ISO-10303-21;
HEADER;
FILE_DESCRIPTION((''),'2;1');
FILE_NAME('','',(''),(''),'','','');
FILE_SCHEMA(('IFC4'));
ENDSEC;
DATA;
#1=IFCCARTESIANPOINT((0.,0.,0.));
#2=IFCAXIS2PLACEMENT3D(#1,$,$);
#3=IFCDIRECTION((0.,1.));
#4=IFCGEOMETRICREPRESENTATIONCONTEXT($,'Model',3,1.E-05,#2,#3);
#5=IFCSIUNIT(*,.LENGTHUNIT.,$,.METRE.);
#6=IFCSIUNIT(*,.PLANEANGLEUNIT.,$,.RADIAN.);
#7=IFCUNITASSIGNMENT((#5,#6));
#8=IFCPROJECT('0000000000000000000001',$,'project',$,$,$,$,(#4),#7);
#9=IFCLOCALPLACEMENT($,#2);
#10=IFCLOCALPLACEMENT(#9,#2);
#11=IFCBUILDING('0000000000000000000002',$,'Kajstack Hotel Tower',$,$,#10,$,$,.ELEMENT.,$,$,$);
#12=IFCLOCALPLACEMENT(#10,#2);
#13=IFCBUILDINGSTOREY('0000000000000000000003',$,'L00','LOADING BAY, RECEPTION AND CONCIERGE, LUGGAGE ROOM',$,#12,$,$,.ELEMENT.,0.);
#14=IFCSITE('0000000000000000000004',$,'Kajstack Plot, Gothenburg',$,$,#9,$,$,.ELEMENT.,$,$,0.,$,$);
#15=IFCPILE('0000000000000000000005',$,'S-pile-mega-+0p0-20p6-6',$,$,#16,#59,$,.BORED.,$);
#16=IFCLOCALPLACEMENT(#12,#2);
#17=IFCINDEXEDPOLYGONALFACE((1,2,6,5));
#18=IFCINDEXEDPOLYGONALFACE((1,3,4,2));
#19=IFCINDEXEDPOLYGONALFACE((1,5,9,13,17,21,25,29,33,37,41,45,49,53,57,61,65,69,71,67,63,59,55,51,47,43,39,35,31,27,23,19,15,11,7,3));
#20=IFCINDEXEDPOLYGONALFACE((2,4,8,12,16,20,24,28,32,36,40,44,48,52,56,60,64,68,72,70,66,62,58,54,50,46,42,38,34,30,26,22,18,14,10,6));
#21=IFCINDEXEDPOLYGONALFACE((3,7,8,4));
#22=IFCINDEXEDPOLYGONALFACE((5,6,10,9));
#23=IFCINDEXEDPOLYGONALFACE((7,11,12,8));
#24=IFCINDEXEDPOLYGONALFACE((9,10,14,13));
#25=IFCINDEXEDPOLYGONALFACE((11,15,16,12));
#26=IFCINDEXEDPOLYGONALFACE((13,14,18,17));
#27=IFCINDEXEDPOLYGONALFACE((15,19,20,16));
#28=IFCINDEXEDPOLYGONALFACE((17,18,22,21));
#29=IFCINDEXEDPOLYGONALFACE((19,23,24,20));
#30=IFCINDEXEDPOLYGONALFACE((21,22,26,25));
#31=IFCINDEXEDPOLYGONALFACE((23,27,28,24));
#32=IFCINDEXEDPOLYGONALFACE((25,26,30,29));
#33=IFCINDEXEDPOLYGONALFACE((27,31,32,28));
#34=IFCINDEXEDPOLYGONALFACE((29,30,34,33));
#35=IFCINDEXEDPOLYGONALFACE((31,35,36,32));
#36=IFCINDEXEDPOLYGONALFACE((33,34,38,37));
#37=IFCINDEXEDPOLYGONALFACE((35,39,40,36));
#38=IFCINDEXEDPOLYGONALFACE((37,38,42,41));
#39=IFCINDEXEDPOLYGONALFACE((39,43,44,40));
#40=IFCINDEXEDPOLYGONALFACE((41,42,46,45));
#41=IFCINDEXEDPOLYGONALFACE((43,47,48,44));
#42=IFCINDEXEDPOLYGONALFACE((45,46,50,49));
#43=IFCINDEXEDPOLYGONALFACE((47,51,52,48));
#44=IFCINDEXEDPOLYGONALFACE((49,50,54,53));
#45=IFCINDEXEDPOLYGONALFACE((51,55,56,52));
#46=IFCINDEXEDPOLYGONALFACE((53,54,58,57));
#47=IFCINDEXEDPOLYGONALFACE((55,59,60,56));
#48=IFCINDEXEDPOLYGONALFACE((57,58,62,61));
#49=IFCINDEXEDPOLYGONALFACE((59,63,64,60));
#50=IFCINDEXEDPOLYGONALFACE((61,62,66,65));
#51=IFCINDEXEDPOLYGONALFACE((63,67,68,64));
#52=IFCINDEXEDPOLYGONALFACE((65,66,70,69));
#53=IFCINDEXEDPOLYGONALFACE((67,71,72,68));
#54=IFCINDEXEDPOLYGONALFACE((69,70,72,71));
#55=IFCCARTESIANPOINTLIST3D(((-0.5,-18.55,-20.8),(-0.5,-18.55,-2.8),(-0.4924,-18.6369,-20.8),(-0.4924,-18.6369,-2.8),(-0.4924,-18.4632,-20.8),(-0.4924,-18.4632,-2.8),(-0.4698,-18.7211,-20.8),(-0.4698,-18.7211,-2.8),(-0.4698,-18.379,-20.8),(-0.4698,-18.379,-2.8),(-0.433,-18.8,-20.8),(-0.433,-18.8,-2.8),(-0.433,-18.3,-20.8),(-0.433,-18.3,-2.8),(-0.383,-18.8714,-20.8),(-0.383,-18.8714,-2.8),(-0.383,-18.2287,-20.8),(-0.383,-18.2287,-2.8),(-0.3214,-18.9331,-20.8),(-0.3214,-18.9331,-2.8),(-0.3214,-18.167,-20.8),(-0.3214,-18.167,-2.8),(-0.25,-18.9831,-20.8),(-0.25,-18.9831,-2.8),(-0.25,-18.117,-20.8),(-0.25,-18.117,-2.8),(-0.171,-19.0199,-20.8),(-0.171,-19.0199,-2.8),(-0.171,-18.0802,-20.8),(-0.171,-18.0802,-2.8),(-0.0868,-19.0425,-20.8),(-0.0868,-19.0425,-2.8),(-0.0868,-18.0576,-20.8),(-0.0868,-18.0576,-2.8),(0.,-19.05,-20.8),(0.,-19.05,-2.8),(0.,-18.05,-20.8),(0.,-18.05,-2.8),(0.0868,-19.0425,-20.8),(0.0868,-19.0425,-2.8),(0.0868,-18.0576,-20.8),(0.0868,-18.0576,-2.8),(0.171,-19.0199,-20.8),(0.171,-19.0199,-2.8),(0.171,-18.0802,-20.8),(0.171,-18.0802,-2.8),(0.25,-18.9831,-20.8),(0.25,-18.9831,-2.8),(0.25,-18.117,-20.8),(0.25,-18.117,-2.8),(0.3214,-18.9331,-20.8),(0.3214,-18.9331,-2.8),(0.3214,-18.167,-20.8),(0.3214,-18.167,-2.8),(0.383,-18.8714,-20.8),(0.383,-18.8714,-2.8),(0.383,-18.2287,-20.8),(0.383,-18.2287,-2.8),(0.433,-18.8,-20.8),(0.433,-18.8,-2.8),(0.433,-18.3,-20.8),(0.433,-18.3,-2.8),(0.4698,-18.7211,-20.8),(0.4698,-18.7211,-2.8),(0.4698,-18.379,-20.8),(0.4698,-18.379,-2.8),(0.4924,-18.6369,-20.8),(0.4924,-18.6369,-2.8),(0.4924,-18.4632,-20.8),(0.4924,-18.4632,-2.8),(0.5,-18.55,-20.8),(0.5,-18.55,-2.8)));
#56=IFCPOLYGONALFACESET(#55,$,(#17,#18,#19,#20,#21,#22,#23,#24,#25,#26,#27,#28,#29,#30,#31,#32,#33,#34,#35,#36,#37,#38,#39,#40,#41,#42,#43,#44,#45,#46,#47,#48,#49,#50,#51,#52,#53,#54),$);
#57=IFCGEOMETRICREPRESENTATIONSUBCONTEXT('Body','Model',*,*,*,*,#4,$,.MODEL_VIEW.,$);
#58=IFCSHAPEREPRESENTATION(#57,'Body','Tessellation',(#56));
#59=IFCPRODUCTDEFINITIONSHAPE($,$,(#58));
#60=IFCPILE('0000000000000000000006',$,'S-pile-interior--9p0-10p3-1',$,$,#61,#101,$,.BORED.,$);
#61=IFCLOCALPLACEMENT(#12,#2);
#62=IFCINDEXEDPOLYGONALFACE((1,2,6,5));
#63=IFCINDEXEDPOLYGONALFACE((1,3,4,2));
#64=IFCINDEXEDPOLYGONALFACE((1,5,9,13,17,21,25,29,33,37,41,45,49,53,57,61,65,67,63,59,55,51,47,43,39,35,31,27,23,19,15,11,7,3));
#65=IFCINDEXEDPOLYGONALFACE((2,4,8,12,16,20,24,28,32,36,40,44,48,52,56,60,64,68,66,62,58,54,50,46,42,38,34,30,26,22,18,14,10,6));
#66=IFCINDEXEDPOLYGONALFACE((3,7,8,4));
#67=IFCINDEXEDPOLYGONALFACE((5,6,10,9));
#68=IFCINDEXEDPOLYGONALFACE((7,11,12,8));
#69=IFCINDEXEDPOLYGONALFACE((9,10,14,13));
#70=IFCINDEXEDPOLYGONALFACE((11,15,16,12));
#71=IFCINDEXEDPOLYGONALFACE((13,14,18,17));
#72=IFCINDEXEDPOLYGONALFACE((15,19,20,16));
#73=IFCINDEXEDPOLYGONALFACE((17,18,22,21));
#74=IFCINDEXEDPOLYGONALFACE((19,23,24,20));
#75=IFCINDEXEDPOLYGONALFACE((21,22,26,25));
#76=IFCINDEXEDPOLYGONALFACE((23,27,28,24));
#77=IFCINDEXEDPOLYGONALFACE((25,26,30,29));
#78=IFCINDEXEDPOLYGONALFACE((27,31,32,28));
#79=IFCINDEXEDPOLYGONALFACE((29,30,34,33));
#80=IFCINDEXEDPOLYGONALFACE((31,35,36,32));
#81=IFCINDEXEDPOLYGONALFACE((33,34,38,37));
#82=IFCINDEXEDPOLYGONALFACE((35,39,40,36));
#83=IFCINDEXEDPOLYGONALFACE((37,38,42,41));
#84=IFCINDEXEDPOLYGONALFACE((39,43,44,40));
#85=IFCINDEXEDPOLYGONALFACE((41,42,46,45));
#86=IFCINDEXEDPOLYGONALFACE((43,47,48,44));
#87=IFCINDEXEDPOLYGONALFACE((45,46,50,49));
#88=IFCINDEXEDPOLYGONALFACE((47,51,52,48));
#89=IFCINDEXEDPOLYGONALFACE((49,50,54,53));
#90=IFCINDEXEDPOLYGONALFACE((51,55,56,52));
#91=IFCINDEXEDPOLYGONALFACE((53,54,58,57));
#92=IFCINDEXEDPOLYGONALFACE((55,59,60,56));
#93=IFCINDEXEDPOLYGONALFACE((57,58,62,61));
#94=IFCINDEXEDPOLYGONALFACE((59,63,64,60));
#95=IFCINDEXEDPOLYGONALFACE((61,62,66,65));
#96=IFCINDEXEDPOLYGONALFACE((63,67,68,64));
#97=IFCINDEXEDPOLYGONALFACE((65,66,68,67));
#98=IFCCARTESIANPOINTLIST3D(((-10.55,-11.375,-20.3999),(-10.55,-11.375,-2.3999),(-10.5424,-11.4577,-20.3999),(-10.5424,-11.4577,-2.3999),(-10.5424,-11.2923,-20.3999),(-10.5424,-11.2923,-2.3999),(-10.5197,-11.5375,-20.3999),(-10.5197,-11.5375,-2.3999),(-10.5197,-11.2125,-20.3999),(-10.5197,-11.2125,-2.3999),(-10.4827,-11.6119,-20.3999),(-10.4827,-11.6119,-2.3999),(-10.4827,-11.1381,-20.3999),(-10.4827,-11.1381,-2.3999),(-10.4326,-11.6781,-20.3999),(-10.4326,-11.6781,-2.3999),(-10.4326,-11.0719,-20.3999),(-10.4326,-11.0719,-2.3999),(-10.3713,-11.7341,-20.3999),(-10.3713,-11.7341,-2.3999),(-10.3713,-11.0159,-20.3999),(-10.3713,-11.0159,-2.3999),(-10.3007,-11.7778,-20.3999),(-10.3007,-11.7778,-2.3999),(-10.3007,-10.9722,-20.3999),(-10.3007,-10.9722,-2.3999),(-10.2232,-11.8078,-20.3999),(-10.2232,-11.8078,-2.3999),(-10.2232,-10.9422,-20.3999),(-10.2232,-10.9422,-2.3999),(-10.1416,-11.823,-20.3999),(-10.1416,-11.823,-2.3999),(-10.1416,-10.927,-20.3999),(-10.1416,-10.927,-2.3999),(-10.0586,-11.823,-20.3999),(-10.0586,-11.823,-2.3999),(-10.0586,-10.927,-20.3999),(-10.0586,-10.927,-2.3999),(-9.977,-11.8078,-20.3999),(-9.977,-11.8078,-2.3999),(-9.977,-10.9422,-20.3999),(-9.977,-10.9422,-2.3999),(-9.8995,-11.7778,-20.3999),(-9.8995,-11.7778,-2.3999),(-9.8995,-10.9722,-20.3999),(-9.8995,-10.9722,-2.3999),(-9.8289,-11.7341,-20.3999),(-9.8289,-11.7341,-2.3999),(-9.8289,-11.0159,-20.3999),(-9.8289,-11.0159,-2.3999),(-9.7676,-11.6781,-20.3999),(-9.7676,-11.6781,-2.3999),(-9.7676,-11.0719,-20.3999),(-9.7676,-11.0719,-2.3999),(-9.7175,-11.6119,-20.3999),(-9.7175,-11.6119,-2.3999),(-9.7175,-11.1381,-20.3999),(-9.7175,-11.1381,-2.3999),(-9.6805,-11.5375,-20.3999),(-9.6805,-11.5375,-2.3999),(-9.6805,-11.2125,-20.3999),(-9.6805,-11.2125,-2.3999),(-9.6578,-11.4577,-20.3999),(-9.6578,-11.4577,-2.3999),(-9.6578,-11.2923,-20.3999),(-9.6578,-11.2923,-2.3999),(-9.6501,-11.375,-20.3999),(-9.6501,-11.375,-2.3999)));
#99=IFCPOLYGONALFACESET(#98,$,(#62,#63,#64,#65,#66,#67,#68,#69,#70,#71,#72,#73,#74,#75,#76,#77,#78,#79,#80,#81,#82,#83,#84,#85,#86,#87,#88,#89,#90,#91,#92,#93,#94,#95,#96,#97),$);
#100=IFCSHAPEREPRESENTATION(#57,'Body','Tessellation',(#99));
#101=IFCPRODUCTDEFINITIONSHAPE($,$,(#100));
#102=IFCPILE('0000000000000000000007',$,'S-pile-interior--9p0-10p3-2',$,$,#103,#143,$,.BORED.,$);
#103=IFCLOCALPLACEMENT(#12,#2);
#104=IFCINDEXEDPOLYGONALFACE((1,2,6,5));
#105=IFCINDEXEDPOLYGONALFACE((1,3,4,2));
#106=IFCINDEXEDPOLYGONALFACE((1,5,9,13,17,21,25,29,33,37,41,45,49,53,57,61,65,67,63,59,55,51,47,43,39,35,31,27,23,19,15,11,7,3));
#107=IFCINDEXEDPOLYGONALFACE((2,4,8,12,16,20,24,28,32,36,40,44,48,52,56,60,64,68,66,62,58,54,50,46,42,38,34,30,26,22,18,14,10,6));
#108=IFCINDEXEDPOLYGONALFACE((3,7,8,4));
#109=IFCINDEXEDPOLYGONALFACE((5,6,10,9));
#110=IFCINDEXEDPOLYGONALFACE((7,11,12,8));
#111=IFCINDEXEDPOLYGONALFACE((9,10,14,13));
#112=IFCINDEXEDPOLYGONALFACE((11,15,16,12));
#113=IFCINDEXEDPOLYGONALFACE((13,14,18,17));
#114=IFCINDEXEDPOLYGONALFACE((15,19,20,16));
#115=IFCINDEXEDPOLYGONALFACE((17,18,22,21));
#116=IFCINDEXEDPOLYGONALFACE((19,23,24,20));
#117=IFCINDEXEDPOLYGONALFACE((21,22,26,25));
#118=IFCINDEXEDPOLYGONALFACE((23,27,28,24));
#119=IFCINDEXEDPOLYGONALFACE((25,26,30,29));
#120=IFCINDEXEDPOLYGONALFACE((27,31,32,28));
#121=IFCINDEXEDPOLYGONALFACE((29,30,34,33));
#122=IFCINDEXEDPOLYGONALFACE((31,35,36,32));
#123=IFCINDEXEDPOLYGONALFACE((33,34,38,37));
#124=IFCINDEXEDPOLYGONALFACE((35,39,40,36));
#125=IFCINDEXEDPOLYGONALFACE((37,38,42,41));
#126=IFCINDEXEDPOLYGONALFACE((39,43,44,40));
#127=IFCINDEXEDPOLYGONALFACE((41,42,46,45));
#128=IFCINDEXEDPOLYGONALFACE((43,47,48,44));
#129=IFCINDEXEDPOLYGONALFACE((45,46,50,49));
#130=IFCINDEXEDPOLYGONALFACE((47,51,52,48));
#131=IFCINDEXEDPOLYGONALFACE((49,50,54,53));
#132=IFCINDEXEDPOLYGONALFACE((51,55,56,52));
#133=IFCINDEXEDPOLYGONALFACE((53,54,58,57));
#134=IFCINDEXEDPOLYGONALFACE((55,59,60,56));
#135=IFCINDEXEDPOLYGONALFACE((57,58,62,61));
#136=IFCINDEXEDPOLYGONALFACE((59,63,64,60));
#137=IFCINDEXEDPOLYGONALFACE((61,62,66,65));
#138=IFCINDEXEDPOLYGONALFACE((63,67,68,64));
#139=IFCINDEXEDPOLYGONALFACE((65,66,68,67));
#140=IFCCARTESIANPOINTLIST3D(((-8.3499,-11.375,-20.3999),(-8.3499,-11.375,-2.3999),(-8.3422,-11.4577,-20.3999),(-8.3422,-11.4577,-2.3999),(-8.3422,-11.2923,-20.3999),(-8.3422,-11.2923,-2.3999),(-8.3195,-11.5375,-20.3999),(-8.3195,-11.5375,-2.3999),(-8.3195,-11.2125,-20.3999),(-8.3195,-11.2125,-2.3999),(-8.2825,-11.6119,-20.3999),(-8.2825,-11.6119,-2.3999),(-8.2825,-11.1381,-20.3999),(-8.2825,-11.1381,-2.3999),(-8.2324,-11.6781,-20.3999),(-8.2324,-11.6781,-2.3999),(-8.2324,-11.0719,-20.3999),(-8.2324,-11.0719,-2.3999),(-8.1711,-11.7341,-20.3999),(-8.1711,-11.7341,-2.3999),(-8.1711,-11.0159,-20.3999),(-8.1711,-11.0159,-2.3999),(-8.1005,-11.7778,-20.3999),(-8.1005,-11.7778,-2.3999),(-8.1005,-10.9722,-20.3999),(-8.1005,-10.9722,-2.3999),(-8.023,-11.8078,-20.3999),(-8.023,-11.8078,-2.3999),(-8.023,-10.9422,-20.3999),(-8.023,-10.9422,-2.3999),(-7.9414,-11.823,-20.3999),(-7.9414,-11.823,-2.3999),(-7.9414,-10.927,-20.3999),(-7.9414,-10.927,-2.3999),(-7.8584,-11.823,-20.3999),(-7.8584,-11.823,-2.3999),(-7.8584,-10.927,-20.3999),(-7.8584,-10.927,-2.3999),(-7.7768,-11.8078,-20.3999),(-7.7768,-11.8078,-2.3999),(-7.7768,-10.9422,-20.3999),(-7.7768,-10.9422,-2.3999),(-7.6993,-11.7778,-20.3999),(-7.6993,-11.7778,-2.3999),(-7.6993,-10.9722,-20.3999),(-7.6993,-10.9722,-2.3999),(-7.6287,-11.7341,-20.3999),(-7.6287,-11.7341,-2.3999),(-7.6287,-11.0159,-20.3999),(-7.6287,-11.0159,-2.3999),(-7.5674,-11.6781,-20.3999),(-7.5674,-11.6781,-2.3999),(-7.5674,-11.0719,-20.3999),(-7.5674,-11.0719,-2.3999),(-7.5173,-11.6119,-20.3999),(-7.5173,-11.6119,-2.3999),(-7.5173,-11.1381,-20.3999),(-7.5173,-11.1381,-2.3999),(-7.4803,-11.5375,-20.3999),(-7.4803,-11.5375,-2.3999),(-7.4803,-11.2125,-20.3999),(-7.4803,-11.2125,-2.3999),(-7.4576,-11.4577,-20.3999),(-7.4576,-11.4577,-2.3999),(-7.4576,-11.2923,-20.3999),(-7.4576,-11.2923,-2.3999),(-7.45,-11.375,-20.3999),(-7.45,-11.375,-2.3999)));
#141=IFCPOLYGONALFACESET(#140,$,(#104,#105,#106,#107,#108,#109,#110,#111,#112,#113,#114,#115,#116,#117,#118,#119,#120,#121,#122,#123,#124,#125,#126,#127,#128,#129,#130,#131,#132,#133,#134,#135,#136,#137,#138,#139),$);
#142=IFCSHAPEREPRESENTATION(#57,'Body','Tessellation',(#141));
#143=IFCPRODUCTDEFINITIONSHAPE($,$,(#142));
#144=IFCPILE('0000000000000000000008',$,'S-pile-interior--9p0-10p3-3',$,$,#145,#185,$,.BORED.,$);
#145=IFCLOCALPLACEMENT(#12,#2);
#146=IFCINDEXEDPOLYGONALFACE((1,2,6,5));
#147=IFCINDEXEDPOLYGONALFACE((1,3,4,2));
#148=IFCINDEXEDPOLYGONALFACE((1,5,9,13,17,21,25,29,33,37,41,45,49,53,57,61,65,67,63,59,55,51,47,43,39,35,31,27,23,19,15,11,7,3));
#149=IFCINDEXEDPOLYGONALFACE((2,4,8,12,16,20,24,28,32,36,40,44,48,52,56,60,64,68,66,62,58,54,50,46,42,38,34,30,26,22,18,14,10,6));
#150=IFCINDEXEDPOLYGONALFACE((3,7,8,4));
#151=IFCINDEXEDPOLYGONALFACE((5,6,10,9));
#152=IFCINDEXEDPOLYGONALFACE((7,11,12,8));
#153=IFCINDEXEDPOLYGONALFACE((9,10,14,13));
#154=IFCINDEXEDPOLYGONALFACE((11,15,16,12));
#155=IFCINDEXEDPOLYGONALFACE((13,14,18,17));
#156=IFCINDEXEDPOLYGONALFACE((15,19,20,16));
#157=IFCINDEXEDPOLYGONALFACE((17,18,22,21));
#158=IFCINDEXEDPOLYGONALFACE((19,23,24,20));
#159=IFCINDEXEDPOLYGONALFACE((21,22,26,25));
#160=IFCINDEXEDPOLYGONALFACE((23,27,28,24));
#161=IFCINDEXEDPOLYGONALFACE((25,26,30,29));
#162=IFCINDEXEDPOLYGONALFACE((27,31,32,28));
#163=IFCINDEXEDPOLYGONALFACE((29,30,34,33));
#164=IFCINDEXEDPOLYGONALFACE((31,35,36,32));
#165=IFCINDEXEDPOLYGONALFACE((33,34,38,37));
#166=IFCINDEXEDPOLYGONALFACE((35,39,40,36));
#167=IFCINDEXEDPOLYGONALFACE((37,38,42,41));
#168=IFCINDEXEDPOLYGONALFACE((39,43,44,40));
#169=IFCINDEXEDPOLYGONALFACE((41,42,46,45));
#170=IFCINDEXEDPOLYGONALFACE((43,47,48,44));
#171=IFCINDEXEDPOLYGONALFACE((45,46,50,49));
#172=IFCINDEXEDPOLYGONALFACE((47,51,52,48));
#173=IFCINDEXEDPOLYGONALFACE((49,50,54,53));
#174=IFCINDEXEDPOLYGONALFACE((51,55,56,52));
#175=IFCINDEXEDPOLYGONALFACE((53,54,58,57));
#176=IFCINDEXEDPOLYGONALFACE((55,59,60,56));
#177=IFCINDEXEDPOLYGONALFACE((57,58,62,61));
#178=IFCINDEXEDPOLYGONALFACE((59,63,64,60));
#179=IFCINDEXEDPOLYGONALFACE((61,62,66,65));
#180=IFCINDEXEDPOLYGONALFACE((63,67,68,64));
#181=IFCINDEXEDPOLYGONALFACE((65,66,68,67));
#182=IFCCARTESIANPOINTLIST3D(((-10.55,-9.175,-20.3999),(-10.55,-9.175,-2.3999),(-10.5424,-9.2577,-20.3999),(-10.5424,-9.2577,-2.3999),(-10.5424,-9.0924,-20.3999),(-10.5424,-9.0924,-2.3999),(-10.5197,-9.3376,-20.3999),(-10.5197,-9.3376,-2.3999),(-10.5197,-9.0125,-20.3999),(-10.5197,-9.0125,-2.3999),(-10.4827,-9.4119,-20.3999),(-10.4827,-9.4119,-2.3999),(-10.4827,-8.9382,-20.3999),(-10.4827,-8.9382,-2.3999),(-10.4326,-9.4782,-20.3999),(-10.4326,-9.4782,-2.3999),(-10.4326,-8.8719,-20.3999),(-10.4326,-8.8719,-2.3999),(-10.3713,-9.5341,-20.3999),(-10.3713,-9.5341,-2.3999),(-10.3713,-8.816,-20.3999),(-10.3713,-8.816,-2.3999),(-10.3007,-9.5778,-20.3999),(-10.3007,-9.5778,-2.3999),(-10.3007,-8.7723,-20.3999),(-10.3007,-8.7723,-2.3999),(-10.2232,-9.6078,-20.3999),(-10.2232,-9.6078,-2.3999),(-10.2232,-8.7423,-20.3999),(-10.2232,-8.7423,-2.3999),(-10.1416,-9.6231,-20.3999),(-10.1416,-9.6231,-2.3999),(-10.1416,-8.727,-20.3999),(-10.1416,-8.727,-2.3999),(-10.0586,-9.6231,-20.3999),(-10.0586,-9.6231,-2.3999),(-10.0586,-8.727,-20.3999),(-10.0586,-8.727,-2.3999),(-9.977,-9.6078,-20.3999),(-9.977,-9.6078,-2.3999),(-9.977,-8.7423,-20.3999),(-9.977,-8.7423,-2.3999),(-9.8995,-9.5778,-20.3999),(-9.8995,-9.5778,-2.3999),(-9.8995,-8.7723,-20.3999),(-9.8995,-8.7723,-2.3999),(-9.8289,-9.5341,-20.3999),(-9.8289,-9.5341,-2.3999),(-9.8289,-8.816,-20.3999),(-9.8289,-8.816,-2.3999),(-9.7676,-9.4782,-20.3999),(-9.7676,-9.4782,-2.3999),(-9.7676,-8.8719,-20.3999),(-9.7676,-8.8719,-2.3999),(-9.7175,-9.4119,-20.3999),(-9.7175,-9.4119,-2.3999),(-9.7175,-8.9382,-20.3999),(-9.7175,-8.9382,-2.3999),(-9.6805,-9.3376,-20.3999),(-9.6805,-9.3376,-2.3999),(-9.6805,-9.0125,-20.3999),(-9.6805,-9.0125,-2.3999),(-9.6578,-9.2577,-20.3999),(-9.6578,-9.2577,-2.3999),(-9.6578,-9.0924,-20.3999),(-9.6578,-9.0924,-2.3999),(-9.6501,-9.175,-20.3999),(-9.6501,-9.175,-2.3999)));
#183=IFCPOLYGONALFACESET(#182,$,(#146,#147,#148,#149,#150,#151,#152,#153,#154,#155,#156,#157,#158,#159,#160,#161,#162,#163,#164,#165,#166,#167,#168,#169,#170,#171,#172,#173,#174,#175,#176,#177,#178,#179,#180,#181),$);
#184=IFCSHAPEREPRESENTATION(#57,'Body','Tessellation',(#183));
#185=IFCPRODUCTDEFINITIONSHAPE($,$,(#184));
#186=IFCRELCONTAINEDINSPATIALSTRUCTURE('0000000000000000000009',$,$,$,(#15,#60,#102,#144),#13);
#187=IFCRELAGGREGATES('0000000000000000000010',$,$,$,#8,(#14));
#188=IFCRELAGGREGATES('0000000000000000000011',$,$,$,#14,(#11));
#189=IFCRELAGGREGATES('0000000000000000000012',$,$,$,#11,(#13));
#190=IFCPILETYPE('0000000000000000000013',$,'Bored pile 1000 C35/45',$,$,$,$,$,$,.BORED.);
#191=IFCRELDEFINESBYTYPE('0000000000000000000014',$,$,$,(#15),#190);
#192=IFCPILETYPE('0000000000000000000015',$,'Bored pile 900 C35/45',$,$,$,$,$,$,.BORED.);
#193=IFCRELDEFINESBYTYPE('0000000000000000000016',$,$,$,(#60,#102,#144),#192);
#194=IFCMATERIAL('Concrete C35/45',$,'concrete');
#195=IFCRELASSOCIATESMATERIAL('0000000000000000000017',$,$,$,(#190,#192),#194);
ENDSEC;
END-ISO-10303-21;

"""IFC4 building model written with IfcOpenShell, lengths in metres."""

from ifc_helpers import new_model, si_unit, direction, frame, origin, origin_2d, place, context, subcontext, project, spatial, circle, extrude, material, material_profile, profile_set, type_object, element, save


model = new_model("IFC4")

# Units and contexts
model_context = context("Model", 3, precision=1e-05, world=origin(), true_north=direction((0.0, 1.0)))
body_context = subcontext(model_context, "Body", "Model", "MODEL_VIEW")
ifc_project = project(units=[si_unit("LENGTHUNIT", "METRE"), si_unit("PLANEANGLEUNIT", "RADIAN")], contexts=[model_context])

# Site, building, storey
site_placement = place(None, origin())
site = spatial("IfcSite", under=ifc_project, at=site_placement, Name="Kajstack Plot, Gothenburg", CompositionType="ELEMENT", RefElevation=0.0)
building_placement = place(site_placement, origin())
building = spatial("IfcBuilding", under=site, at=building_placement, Name="Kajstack Hotel Tower", CompositionType="ELEMENT")
storey_placement = place(building_placement, origin())
storey = spatial("IfcBuildingStorey", under=building, at=storey_placement, Name="L00", Description="LOADING BAY, RECEPTION AND CONCIERGE, LUGGAGE ROOM", CompositionType="ELEMENT", Elevation=0.0)

# Piles
ifc_material_1 = material(Name="Concrete C35/45", Category="concrete")
ifc_material_profile_1 = material_profile(ifc_material_1, circle(Radius=0.5, at=origin_2d()), Name="RC round 1000")
ifc_profile_set_1 = profile_set([ifc_material_profile_1], Name="Concrete C35/45")
pile_type_1 = type_object("IfcPileType", Name="Bored pile 1000 C35/45", PredefinedType="BORED", material=ifc_profile_set_1)
for number, where, z_axis, x_axis, name in (
    (1, (0.0, -18.55, -2.8), (0.0, 0.0, -1.0), (1.0, 0.0, 0.0), "S-pile-mega-+0p0-20p6-6"),
):
    element("IfcPile", number, at=place(storey_placement, frame(where, z_axis=z_axis, x_axis=x_axis)), inside=storey, type_object=pile_type_1, Name=name, PredefinedType="BORED", context=body_context, shape_type="SweptSolid", body=[
        extrude(circle(Radius=0.5, at=origin_2d()), origin(), (0.0, 0.0, 1.0), 18.0),
    ])
ifc_material_profile_2 = material_profile(ifc_material_1, circle(Radius=0.45, at=origin_2d()), Name="RC round 900")
ifc_profile_set_2 = profile_set([ifc_material_profile_2], Name="Concrete C35/45")
pile_type_2 = type_object("IfcPileType", Name="Bored pile 900 C35/45", PredefinedType="BORED", material=ifc_profile_set_2)
for number, where, z_axis, x_axis, name in (
    (2, (-10.1001, -11.375, -2.3999), (0.0, 0.0, -1.0), (1.0, 0.0, 0.0), "S-pile-interior--9p0-10p3-1"),
    (3, (-7.8999, -11.375, -2.3999), (0.0, 0.0, -1.0), (1.0, 0.0, 0.0), "S-pile-interior--9p0-10p3-2"),
    (4, (-10.1001, -9.175, -2.3999), (0.0, 0.0, -1.0), (1.0, 0.0, 0.0), "S-pile-interior--9p0-10p3-3"),
):
    element("IfcPile", number, at=place(storey_placement, frame(where, z_axis=z_axis, x_axis=x_axis)), inside=storey, type_object=pile_type_2, Name=name, PredefinedType="BORED", context=body_context, shape_type="SweptSolid", body=[
        extrude(circle(Radius=0.45, at=origin_2d()), origin(), (0.0, 0.0, 1.0), 18.0),
    ])

save(model, "model.ifc")
